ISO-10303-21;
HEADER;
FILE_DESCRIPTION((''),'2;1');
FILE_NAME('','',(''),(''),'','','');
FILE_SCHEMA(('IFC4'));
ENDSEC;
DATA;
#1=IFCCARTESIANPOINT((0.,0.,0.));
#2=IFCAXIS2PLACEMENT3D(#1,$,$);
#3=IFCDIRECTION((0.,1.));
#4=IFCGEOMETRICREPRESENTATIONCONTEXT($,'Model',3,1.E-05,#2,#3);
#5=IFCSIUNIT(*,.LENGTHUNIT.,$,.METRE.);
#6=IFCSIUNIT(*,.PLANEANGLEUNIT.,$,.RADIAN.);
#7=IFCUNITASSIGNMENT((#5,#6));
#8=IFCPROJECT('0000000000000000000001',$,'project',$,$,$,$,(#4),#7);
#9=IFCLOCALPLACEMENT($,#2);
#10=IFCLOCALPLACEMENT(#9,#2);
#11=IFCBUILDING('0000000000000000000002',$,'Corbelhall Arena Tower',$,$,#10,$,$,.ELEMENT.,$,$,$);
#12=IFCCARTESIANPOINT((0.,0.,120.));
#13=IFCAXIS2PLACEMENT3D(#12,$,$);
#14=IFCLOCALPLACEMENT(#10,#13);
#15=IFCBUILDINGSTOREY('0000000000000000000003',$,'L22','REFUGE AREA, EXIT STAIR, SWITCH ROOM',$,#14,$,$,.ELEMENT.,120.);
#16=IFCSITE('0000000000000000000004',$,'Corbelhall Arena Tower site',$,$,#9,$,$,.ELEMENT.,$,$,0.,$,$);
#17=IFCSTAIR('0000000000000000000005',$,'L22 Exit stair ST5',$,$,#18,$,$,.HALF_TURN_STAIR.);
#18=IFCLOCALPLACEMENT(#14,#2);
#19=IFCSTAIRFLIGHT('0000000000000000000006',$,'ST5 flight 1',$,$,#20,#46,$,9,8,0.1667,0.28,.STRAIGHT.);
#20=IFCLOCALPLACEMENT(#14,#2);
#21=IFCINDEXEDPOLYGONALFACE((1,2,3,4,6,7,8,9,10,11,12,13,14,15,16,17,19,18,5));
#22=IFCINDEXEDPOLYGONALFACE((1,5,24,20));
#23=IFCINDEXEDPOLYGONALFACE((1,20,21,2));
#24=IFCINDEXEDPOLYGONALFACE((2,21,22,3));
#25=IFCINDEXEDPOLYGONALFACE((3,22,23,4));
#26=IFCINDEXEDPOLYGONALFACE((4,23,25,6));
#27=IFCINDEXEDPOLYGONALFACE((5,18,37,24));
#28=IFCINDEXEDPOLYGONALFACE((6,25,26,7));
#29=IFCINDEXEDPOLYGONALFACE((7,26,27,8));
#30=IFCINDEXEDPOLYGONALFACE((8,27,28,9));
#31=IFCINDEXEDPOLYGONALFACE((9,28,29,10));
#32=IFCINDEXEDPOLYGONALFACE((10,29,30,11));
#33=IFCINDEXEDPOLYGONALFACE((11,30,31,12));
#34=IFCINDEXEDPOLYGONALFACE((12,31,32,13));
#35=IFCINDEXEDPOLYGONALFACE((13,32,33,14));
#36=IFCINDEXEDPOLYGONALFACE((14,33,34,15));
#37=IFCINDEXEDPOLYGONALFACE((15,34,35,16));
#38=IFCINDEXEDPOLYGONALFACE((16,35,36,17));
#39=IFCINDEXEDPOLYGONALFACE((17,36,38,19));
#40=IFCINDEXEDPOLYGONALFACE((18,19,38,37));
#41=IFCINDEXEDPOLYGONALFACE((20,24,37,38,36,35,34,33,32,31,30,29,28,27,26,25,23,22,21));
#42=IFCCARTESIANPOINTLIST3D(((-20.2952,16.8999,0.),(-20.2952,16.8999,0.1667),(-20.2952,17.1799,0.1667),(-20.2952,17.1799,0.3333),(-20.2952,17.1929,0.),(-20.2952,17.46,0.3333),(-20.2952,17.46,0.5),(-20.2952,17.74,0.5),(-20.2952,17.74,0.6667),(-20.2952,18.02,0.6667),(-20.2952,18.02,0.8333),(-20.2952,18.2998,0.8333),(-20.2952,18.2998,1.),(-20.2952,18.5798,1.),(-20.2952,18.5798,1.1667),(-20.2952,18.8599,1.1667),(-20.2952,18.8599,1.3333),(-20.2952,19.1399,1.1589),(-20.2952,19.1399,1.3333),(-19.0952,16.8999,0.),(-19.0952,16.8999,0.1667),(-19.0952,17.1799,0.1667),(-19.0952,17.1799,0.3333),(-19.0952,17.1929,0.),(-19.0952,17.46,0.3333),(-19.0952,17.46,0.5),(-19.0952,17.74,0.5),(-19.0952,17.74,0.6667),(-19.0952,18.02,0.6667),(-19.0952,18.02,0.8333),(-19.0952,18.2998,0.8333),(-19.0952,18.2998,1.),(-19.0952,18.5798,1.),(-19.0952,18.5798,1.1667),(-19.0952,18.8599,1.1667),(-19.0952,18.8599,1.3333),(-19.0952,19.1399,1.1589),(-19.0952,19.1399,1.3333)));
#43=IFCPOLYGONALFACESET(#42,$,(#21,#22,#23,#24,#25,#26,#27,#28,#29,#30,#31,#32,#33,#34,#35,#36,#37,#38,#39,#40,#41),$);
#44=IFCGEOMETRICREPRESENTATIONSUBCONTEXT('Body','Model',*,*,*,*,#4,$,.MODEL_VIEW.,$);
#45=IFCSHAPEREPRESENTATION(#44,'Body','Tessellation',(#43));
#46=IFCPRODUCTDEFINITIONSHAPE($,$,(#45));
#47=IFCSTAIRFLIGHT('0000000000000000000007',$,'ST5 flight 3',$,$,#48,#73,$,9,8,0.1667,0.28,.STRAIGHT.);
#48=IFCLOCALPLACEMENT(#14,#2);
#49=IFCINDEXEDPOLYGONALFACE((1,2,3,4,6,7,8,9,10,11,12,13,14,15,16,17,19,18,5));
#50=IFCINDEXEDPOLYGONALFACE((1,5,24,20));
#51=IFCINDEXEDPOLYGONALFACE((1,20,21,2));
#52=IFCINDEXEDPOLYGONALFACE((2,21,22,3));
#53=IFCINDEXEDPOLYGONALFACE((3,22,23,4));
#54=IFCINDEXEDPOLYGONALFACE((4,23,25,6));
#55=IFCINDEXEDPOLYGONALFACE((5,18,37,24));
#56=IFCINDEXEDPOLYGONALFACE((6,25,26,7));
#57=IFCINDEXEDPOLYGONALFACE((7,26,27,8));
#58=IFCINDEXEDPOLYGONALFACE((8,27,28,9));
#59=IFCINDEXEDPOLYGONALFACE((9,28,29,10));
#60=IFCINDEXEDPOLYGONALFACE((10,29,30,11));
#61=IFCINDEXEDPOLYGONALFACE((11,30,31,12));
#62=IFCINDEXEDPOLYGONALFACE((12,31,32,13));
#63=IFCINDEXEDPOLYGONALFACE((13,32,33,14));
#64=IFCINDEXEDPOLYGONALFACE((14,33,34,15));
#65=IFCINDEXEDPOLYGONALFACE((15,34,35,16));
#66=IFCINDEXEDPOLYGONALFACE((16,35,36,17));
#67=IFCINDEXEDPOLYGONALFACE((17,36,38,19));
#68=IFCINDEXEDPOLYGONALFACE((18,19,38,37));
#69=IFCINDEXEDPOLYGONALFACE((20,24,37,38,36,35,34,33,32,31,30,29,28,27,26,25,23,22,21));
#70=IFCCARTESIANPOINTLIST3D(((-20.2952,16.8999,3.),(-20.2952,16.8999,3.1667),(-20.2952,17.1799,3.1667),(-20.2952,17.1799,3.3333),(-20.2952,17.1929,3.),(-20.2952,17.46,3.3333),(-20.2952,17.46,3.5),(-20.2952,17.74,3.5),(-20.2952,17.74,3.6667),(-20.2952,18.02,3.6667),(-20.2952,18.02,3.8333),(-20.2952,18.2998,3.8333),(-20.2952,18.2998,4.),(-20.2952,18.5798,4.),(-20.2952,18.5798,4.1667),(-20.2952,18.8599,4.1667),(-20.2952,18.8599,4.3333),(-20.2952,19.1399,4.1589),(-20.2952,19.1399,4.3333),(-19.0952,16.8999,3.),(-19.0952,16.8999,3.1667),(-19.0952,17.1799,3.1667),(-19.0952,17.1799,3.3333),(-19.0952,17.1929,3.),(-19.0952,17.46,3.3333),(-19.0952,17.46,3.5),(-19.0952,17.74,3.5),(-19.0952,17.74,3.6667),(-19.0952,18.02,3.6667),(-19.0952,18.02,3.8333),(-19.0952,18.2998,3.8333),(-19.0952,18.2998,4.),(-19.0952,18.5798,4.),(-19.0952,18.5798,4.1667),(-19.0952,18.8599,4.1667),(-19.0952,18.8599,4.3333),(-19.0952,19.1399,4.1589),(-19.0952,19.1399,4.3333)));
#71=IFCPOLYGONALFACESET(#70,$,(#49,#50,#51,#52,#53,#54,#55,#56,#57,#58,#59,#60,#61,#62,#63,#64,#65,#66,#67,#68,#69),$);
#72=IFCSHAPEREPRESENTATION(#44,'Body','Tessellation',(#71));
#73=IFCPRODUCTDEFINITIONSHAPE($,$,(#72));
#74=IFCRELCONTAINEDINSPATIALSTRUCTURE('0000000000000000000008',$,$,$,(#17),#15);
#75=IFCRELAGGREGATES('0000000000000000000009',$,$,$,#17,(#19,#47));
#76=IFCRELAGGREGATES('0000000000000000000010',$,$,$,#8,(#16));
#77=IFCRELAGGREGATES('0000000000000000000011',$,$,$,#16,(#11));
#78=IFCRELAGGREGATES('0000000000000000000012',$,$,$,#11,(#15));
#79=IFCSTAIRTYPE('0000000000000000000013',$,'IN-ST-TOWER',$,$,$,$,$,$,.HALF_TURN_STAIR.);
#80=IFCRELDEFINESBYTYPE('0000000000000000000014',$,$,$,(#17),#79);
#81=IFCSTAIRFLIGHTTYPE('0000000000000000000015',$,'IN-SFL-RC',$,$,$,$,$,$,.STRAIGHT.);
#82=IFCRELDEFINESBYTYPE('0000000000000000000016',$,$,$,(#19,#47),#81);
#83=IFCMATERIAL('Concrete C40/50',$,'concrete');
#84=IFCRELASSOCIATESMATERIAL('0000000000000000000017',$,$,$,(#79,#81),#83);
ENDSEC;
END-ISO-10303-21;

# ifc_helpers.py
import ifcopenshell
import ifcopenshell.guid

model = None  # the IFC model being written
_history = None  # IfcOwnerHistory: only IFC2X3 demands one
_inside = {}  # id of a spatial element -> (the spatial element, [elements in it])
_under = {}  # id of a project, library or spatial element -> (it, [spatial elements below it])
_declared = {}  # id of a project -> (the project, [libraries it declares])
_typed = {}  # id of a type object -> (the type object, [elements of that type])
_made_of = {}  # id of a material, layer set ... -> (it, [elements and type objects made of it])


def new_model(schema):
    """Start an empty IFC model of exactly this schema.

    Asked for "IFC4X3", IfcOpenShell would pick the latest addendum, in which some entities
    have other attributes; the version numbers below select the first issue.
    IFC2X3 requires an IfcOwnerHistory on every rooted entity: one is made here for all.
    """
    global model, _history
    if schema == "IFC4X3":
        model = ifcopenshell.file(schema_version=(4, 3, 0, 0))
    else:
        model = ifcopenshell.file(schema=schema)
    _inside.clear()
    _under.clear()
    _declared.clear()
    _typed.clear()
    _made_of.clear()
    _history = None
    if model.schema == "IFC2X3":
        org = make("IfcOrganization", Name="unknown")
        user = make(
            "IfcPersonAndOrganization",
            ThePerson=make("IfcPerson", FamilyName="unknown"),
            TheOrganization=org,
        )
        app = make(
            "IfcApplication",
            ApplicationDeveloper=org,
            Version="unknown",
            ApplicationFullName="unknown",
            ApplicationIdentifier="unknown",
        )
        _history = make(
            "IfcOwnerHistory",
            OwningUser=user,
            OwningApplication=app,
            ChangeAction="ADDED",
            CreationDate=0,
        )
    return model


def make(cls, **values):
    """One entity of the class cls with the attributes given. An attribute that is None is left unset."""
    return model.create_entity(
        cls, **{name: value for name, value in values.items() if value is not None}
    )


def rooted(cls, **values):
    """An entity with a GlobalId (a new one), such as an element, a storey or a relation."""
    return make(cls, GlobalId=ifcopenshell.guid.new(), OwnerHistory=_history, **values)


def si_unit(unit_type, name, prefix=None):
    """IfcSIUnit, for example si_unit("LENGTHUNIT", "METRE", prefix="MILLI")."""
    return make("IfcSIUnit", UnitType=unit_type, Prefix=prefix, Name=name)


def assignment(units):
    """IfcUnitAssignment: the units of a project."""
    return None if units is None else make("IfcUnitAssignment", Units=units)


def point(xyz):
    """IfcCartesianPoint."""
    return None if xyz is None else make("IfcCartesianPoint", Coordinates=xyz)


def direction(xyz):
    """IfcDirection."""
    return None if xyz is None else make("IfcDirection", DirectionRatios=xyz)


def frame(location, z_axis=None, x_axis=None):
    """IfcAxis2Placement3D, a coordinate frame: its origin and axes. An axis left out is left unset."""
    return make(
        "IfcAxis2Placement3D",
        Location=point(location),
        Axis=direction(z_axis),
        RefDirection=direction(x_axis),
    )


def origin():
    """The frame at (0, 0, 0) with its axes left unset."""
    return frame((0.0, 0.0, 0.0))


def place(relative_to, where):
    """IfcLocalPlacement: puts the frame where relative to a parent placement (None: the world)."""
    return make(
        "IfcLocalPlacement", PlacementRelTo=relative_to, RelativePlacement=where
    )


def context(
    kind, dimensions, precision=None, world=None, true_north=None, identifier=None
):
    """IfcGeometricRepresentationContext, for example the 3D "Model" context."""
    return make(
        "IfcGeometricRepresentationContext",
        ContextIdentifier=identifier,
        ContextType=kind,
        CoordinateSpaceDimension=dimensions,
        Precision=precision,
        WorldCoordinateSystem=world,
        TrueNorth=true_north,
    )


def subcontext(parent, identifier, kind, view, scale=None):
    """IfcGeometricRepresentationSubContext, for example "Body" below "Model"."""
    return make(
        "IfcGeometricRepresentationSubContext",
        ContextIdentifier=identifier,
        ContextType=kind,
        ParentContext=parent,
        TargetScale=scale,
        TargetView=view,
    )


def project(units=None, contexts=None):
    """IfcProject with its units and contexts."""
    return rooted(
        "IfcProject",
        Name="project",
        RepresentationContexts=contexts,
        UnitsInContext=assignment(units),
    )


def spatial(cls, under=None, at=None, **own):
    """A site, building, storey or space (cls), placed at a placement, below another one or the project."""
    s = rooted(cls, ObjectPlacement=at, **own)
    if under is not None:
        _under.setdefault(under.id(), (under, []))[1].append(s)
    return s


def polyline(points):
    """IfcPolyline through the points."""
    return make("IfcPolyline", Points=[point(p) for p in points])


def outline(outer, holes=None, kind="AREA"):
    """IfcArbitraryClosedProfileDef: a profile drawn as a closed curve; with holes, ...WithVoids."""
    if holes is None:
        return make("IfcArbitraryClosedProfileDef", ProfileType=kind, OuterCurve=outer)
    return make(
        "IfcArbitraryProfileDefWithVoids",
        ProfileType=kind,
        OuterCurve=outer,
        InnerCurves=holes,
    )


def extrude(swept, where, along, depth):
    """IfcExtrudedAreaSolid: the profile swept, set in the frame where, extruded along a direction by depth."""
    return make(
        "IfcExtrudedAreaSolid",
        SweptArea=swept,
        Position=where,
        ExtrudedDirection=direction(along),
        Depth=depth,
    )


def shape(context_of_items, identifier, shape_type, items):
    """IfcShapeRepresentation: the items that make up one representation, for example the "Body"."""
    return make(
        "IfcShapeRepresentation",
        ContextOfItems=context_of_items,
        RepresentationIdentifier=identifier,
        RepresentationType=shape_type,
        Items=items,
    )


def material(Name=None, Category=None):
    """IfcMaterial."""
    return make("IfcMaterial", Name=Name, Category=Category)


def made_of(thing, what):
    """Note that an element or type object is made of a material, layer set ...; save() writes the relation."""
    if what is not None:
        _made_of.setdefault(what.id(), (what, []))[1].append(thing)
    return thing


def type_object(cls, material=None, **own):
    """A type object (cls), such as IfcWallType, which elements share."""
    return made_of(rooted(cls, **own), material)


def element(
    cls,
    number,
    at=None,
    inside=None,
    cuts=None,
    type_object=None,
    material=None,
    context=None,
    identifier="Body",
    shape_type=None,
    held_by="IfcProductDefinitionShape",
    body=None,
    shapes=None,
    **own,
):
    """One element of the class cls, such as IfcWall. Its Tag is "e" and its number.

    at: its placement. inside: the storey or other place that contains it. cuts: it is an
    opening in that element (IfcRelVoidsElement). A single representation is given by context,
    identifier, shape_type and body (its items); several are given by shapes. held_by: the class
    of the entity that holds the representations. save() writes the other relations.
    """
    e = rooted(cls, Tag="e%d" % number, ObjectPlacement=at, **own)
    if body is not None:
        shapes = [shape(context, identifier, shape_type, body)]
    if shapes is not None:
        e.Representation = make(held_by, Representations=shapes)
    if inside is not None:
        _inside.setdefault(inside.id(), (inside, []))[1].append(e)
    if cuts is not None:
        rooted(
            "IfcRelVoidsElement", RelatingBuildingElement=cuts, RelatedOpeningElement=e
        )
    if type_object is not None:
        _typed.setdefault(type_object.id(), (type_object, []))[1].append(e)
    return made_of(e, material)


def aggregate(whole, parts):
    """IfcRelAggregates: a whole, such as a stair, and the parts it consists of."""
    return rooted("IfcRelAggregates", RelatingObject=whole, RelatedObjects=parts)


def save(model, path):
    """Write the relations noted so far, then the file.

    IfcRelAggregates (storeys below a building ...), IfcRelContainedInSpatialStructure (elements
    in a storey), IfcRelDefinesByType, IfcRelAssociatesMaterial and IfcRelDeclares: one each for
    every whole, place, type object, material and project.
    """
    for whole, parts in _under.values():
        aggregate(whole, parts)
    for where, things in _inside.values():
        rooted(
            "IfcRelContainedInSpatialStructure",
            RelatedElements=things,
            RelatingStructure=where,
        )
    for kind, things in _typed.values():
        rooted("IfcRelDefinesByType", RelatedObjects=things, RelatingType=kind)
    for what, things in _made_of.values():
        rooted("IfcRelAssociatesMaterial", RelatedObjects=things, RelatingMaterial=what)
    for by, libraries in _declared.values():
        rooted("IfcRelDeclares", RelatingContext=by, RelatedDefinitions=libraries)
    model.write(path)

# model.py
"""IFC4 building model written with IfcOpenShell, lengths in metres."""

from ifc_helpers import new_model, si_unit, direction, frame, origin, place, context, subcontext, project, spatial, polyline, outline, extrude, material, type_object, element, aggregate, save


model = new_model("IFC4")

# Units and contexts
model_context = context("Model", 3, precision=1e-05, world=origin(), true_north=direction((0.0, 1.0)))
body_context = subcontext(model_context, "Body", "Model", "MODEL_VIEW")
ifc_project = project(units=[si_unit("LENGTHUNIT", "METRE"), si_unit("PLANEANGLEUNIT", "RADIAN")], contexts=[model_context])

# Site, building, storey
site_placement = place(None, origin())
site = spatial("IfcSite", under=ifc_project, at=site_placement, Name="Corbelhall Arena Tower site", CompositionType="ELEMENT", RefElevation=0.0)
building_placement = place(site_placement, origin())
building = spatial("IfcBuilding", under=site, at=building_placement, Name="Corbelhall Arena Tower", CompositionType="ELEMENT")
storey_placement = place(building_placement, frame((0.0, 0.0, 120.0)))
storey = spatial("IfcBuildingStorey", under=building, at=storey_placement, Name="L22", Description="REFUGE AREA, EXIT STAIR, SWITCH ROOM", CompositionType="ELEMENT", Elevation=120.0)

# Shared definitions
ifc_material_1 = material(Name="Concrete C40/50", Category="concrete")

# Stair, stair flights
stair_type = type_object("IfcStairType", Name="IN-ST-TOWER", PredefinedType="HALF_TURN_STAIR", material=ifc_material_1)
stair_placement = place(storey_placement, origin())
stair = element("IfcStair", 1, at=stair_placement, inside=storey, type_object=stair_type, Name="L22 Exit stair ST5", PredefinedType="HALF_TURN_STAIR")
stair_flight_type = type_object("IfcStairFlightType", Name="IN-SFL-RC", PredefinedType="STRAIGHT", material=ifc_material_1)
stair_flight_1_placement = place(storey_placement, frame((-19.6951, 16.8999, 0.0), z_axis=(0.0, 0.0, 1.0), x_axis=(0.0, 1.0, 0.0)))
stair_flight_1 = element("IfcStairFlight", 2, at=stair_flight_1_placement, type_object=stair_flight_type, Name="ST5 flight 1", NumberOfRisers=9, NumberOfTreads=8, PredefinedType="STRAIGHT", RiserHeight=0.1667, TreadLength=0.28, context=body_context, shape_type="SweptSolid", body=[
    extrude(outline(polyline([(0.0, 0.0), (0.0, 0.1667), (0.28, 0.1667), (0.28, 0.3333), (0.5601, 0.3333), (0.5601, 0.5), (0.8401, 0.5), (0.8401, 0.6667), (1.1201, 0.6667), (1.1201, 0.8333), (1.3999, 0.8333), (1.3999, 1.0), (1.6799, 1.0), (1.6799, 1.1667), (1.96, 1.1667), (1.96, 1.3333), (2.24, 1.3333), (2.24, 1.5), (2.24, 1.1589), (0.293, 0.0), (0.0, 0.0)])), frame((0.0, 0.6001, 0.0), z_axis=(0.0, -1.0, 0.0), x_axis=(1.0, 0.0, 0.0)), (0.0, 0.0, 1.0), 1.2),
])
stair_flight_2_placement = place(storey_placement, frame((-19.6951, 16.8999, 3.0), z_axis=(0.0, 0.0, 1.0), x_axis=(0.0, 1.0, 0.0)))
stair_flight_2 = element("IfcStairFlight", 3, at=stair_flight_2_placement, type_object=stair_flight_type, Name="ST5 flight 3", NumberOfRisers=9, NumberOfTreads=8, PredefinedType="STRAIGHT", RiserHeight=0.1667, TreadLength=0.28, context=body_context, shape_type="SweptSolid", body=[
    extrude(outline(polyline([(0.0, 0.0), (0.0, 0.1667), (0.28, 0.1667), (0.28, 0.3333), (0.5601, 0.3333), (0.5601, 0.5), (0.8401, 0.5), (0.8401, 0.6667), (1.1201, 0.6667), (1.1201, 0.8333), (1.3999, 0.8333), (1.3999, 1.0), (1.6799, 1.0), (1.6799, 1.1667), (1.96, 1.1667), (1.96, 1.3333), (2.24, 1.3333), (2.24, 1.5), (2.24, 1.1589), (0.293, 0.0), (0.0, 0.0)])), frame((0.0, 0.6001, 0.0), z_axis=(0.0, -1.0, 0.0), x_axis=(1.0, 0.0, 0.0)), (0.0, 0.0, 1.0), 1.2),
])
aggregate(stair, [stair_flight_1, stair_flight_2])

save(model, "model.ifc")
